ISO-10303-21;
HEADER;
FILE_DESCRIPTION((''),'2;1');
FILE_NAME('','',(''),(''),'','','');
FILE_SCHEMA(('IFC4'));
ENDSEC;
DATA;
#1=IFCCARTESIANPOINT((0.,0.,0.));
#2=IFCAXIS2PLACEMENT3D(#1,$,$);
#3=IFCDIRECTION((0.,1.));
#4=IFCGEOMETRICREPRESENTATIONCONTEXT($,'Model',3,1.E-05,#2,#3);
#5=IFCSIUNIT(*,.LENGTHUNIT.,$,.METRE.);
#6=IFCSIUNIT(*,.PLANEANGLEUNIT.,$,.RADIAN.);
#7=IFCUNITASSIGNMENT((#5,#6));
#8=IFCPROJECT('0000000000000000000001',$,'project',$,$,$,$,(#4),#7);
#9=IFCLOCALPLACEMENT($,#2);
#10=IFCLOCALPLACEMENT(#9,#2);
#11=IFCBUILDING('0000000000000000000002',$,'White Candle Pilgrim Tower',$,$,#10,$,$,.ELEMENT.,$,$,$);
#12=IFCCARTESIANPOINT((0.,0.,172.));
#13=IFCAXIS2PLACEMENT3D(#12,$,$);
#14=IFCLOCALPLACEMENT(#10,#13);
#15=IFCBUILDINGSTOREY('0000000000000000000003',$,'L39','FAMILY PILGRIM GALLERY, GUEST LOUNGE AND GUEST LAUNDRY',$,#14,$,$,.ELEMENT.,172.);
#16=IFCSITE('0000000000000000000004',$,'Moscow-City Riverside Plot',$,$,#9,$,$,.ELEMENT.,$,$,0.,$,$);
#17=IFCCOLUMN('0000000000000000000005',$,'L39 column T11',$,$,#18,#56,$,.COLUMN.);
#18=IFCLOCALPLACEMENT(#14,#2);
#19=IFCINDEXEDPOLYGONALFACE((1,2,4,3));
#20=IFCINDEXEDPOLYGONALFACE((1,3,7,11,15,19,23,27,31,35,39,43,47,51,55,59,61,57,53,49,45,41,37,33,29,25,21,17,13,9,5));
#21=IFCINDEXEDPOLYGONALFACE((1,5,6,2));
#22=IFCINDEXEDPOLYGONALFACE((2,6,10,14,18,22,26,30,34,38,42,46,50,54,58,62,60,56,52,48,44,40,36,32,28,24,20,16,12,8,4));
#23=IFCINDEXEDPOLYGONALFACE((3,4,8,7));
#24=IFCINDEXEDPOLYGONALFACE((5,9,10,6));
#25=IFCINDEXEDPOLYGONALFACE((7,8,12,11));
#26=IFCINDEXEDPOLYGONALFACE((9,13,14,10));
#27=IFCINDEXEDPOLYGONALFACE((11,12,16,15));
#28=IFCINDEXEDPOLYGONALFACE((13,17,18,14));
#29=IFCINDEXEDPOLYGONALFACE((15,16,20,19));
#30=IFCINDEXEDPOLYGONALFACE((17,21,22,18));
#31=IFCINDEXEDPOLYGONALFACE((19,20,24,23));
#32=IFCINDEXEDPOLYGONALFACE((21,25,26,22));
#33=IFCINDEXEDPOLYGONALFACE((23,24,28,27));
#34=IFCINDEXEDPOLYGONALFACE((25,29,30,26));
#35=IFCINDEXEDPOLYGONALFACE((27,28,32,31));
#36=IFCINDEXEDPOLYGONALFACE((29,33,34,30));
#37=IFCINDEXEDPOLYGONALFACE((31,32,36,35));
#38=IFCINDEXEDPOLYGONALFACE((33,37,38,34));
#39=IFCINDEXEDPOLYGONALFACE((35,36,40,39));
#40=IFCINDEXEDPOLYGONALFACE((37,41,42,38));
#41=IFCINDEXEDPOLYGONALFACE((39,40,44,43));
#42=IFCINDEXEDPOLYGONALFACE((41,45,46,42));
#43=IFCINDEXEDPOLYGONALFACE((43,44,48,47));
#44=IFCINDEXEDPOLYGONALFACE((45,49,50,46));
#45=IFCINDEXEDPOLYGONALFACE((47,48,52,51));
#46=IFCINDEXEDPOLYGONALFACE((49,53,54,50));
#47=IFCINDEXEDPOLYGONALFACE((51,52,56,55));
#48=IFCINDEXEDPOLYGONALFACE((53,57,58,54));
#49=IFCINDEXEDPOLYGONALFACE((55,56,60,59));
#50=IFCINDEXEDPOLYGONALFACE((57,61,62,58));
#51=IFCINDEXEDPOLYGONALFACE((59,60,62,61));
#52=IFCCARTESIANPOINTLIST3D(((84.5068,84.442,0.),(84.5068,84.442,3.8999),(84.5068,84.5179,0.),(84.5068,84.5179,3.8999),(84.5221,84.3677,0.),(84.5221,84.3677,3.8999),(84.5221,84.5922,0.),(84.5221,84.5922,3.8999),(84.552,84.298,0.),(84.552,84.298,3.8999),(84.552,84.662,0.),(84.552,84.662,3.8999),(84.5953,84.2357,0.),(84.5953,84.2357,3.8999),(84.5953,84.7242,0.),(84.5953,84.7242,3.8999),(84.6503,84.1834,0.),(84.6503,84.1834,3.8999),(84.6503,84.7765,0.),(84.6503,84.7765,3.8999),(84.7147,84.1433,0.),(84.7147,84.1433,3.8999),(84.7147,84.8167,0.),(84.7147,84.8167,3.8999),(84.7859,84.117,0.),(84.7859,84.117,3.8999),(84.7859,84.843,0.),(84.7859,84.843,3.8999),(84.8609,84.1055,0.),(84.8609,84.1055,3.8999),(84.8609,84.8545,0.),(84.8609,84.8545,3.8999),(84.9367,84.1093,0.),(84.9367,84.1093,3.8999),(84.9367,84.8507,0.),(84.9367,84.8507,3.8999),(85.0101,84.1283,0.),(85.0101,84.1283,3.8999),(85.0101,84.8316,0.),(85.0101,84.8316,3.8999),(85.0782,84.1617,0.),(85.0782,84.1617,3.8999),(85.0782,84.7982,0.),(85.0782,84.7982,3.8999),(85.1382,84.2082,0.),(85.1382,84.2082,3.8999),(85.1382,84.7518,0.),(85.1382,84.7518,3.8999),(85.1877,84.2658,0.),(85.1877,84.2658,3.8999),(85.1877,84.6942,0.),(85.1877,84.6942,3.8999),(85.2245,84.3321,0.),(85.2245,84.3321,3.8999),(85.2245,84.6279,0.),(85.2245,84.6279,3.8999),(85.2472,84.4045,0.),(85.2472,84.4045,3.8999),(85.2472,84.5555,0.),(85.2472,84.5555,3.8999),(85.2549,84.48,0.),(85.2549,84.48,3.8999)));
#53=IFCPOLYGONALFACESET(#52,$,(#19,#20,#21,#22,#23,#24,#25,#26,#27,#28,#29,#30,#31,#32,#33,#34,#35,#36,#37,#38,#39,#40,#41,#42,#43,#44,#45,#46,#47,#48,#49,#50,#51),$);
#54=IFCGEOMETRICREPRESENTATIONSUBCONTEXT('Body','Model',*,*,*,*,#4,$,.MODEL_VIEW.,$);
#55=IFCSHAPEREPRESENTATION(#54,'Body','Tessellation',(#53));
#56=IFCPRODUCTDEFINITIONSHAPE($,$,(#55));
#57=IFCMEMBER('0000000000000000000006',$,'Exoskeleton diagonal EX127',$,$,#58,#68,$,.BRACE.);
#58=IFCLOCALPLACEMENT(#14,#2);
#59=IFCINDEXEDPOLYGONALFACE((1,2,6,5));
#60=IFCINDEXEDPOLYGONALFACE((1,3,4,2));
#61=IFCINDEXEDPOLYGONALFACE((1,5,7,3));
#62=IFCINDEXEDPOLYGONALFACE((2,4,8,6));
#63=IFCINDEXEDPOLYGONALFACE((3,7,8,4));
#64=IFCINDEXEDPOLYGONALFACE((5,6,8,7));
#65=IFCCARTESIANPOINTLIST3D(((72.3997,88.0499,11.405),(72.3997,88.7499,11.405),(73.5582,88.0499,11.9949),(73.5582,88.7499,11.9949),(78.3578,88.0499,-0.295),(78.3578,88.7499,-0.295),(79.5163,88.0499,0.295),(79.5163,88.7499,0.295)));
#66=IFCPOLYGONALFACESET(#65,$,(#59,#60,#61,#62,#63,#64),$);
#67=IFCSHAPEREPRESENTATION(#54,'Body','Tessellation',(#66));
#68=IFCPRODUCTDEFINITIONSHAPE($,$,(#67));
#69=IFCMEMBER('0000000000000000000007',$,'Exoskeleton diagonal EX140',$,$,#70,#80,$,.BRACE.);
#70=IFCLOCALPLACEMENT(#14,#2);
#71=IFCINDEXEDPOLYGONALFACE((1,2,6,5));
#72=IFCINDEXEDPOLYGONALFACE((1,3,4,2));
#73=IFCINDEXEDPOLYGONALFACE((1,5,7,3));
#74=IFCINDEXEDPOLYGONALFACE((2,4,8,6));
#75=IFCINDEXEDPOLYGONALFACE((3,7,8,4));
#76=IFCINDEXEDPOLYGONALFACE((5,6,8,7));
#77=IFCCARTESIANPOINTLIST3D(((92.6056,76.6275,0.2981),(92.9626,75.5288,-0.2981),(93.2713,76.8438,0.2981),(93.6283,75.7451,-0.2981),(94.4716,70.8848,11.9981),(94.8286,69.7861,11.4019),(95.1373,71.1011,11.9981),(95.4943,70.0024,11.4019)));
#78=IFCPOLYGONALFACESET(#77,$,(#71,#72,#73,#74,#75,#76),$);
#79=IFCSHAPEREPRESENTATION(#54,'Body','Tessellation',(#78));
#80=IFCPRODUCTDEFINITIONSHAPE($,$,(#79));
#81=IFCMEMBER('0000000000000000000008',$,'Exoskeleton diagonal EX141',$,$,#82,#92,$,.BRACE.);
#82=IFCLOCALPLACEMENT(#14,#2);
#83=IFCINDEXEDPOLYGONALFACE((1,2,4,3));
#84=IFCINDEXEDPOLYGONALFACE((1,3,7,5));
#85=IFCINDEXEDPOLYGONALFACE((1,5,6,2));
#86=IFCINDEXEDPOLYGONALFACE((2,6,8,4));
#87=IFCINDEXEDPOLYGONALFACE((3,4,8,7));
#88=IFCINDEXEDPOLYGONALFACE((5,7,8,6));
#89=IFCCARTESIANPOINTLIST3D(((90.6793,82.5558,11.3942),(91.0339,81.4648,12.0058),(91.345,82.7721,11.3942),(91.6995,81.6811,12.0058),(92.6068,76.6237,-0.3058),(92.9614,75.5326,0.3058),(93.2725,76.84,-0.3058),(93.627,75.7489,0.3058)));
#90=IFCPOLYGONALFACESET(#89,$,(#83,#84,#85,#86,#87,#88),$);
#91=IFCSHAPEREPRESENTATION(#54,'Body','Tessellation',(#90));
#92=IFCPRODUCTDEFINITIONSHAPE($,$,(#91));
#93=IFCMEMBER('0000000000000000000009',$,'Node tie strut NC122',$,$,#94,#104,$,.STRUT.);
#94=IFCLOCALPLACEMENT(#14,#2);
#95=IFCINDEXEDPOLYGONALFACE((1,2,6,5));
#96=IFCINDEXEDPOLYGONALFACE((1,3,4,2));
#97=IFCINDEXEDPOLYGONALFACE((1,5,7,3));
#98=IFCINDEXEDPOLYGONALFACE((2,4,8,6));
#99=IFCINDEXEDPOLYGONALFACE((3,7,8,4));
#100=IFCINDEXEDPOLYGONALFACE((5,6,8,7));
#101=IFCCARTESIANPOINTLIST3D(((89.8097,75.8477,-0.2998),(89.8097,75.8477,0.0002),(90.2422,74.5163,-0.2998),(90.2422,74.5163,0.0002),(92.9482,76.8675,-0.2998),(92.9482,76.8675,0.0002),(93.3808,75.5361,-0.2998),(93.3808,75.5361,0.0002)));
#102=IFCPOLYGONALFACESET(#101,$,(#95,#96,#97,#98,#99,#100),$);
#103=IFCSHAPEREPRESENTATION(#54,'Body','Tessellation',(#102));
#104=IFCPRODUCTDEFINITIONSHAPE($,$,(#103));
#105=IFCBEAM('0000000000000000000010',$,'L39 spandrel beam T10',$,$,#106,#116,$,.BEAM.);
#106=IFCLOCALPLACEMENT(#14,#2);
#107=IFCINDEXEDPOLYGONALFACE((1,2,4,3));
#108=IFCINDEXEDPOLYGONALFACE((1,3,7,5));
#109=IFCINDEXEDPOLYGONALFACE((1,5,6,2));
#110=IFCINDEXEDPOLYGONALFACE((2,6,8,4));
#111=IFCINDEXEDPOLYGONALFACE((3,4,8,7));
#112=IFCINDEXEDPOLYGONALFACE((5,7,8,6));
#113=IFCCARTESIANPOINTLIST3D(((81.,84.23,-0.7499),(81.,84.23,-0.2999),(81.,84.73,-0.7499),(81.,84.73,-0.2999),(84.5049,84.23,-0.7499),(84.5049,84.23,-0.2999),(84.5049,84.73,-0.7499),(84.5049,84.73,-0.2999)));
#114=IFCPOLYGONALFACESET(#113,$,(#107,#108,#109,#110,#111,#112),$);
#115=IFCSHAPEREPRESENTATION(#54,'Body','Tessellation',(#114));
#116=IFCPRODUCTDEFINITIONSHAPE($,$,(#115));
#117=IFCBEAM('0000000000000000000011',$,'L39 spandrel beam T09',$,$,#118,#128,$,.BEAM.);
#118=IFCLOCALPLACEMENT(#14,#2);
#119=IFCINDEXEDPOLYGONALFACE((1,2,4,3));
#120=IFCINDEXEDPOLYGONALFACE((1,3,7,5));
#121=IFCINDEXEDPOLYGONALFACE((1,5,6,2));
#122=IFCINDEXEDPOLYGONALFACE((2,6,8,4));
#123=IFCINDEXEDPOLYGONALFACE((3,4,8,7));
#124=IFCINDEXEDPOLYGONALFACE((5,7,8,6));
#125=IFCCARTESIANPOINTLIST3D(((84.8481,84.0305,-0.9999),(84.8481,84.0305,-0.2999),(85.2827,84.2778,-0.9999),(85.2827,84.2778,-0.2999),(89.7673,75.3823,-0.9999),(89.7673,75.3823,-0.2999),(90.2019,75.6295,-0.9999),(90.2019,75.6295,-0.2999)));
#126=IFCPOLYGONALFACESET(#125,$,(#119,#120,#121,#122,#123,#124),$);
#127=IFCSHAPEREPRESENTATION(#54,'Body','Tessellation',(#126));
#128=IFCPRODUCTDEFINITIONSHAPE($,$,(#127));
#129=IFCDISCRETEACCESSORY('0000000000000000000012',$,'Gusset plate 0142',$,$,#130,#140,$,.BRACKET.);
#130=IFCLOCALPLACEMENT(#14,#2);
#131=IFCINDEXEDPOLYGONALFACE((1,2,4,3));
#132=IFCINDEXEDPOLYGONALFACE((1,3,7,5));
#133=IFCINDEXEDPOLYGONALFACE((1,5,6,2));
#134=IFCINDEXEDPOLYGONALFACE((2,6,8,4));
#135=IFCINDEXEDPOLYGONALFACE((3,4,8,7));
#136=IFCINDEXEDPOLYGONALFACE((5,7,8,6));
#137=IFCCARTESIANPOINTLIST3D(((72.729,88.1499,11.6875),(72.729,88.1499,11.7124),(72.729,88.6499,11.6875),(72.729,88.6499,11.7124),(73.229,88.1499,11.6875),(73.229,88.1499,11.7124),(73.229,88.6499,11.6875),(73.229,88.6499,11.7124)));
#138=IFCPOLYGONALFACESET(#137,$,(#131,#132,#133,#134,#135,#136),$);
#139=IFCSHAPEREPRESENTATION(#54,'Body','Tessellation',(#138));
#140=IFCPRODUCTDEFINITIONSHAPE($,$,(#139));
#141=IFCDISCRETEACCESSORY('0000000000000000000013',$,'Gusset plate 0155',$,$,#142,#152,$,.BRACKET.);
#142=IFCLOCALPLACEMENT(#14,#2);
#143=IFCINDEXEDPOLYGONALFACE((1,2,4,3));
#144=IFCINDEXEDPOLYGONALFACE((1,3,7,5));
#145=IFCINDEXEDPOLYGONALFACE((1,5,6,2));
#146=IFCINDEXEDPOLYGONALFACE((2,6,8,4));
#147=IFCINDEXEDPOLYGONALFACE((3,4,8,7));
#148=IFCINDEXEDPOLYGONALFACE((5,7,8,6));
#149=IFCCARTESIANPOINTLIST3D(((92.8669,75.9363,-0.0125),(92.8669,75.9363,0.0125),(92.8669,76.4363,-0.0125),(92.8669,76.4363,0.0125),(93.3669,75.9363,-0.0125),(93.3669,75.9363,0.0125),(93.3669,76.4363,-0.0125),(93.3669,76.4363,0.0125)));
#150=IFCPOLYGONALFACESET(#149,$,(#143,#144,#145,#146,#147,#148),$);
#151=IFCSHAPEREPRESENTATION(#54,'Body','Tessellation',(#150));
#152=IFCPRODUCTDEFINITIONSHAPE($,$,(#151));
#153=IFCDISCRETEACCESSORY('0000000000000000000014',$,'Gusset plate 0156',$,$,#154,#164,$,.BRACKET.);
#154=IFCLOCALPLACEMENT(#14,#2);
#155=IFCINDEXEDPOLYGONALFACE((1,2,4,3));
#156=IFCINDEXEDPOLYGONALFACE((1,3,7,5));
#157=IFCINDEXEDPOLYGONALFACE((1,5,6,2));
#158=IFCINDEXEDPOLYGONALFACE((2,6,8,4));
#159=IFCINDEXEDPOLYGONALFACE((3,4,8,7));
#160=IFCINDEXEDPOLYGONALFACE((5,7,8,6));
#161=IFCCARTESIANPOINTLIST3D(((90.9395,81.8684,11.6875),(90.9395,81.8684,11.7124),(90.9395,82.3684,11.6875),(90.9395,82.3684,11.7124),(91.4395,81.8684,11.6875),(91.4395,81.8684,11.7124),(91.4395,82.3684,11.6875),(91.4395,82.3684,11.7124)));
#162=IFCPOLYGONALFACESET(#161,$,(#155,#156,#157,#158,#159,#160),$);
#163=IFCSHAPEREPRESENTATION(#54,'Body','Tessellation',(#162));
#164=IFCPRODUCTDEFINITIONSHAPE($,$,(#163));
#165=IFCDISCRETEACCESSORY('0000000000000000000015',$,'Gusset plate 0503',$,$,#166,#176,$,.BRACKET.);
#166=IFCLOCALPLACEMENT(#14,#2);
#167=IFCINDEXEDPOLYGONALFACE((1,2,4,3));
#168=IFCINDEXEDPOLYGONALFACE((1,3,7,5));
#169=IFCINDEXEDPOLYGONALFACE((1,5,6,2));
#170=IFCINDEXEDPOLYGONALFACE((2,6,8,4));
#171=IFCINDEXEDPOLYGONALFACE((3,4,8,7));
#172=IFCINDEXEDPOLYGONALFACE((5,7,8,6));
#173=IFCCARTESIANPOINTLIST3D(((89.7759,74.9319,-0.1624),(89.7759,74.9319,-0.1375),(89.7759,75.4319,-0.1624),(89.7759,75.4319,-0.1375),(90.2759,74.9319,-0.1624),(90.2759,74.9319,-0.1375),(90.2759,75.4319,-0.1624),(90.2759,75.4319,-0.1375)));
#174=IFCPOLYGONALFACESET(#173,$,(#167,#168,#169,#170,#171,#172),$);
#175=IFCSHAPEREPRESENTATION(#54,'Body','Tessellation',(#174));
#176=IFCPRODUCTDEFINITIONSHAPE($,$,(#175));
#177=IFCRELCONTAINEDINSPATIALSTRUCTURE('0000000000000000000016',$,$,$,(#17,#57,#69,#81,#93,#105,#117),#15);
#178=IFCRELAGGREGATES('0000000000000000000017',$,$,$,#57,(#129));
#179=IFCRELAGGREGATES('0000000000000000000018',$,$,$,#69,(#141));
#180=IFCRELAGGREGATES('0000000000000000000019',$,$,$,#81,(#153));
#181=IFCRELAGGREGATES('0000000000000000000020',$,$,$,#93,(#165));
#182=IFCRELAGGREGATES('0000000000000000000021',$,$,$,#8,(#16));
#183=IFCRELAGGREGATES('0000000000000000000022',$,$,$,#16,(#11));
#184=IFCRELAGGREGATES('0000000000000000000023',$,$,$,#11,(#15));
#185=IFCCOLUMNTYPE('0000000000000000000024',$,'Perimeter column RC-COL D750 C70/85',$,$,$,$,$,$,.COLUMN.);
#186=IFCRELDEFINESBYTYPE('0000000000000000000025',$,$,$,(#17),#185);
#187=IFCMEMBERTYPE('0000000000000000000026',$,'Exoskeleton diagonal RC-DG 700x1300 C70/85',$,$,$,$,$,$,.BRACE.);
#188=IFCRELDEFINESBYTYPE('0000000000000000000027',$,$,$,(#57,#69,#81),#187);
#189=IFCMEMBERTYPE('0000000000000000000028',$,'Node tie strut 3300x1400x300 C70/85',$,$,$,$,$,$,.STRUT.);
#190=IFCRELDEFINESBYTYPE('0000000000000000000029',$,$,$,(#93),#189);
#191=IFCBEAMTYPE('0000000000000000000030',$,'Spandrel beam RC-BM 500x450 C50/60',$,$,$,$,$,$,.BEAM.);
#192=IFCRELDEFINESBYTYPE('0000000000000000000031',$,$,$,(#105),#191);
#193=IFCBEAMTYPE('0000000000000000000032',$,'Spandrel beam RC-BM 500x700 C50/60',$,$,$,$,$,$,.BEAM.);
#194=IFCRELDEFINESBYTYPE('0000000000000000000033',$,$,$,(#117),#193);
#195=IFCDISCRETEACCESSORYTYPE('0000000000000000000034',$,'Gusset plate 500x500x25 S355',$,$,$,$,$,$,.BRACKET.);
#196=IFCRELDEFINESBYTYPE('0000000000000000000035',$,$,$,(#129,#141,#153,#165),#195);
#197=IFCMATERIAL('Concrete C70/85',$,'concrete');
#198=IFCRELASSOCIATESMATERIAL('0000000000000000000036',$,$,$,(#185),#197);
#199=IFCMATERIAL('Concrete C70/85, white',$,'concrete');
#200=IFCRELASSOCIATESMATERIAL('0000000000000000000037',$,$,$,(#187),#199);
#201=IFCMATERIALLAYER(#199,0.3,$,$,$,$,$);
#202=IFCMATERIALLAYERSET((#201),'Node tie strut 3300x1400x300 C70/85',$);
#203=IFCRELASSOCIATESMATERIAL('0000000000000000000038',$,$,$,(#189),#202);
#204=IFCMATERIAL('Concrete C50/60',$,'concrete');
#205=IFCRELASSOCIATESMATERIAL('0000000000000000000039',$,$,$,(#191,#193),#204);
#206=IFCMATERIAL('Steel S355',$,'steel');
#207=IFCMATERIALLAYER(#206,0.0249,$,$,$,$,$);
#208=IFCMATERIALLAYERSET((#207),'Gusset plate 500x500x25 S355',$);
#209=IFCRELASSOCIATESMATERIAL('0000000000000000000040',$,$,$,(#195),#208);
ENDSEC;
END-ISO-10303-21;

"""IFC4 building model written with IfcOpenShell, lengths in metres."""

from ifc_helpers import new_model, si_unit, direction, frame, origin, origin_2d, place, context, subcontext, project, spatial, rectangle, circle, extrude, material, layer, layer_set, material_profile, profile_set, type_object, element, aggregate, save


model = new_model("IFC4")

# Units and contexts
model_context = context("Model", 3, precision=1e-05, world=origin(), true_north=direction((0.0, 1.0)))
body_context = subcontext(model_context, "Body", "Model", "MODEL_VIEW")
ifc_project = project(units=[si_unit("LENGTHUNIT", "METRE"), si_unit("PLANEANGLEUNIT", "RADIAN")], contexts=[model_context])

# Site, building, storey
site_placement = place(None, origin())
site = spatial("IfcSite", under=ifc_project, at=site_placement, Name="Moscow-City Riverside Plot", CompositionType="ELEMENT", RefElevation=0.0)
building_placement = place(site_placement, origin())
building = spatial("IfcBuilding", under=site, at=building_placement, Name="White Candle Pilgrim Tower", CompositionType="ELEMENT")
storey_placement = place(building_placement, frame((0.0, 0.0, 172.0)))
storey = spatial("IfcBuildingStorey", under=building, at=storey_placement, Name="L39", Description="FAMILY PILGRIM GALLERY, GUEST LOUNGE AND GUEST LAUNDRY", CompositionType="ELEMENT", Elevation=172.0)

# Column
ifc_material_1 = material(Name="Concrete C70/85", Category="concrete")
ifc_material_profile_1 = material_profile(ifc_material_1, circle(Radius=0.375, at=origin_2d()), Name="RC-COL D750")
ifc_profile_set_1 = profile_set([ifc_material_profile_1], Name="Concrete C70/85")
column_type = type_object("IfcColumnType", Name="Perimeter column RC-COL D750 C70/85", PredefinedType="COLUMN", material=ifc_profile_set_1)
column_placement = place(storey_placement, frame((84.8799, 84.48, 0.0), z_axis=(0.0, 0.0, 1.0), x_axis=(1.0, 0.0, 0.0)))
element("IfcColumn", 1, at=column_placement, inside=storey, type_object=column_type, Name="L39 column T11", PredefinedType="COLUMN", context=body_context, shape_type="SweptSolid", body=[
    extrude(circle(Radius=0.375, at=origin_2d()), origin(), (0.0, 0.0, 1.0), 3.8999),
])

# Members
ifc_material_2 = material(Name="Concrete C70/85, white", Category="concrete")
ifc_material_profile_2 = material_profile(ifc_material_2, rectangle(XDim=0.7, YDim=1.3, at=origin_2d()), Name="RC-DG 700x1300")
ifc_profile_set_2 = profile_set([ifc_material_profile_2], Name="Concrete C70/85, white")
member_type_1 = type_object("IfcMemberType", Name="Exoskeleton diagonal RC-DG 700x1300 C70/85", PredefinedType="BRACE", material=ifc_profile_set_2)
member_1_placement = place(storey_placement, frame((78.937, 88.3999, 0.0), z_axis=(-0.453784, 0.0, 0.891112), x_axis=(0.0, -1.0, 0.0)))
member_1 = element("IfcMember", 2, at=member_1_placement, inside=storey, type_object=member_type_1, Name="Exoskeleton diagonal EX127", PredefinedType="BRACE", context=body_context, shape_type="SweptSolid", body=[
    extrude(rectangle(XDim=0.7, YDim=1.3, at=origin_2d()), origin(), (0.0, 0.0, 1.0), 13.1296),
])
member_2_placement = place(storey_placement, frame((93.1169, 76.1863, 0.0), z_axis=(0.141724, -0.436168, 0.888635), x_axis=(0.951054, 0.309026, 0.0)))
member_2 = element("IfcMember", 3, at=member_2_placement, inside=storey, type_object=member_type_1, Name="Exoskeleton diagonal EX140", PredefinedType="BRACE", context=body_context, shape_type="SweptSolid", body=[
    extrude(rectangle(XDim=0.7, YDim=1.3, at=origin_2d()), origin(), (0.0, 0.0, 1.0), 13.1663),
])
member_3_placement = place(storey_placement, frame((93.1169, 76.1863, 0.0), z_axis=(-0.145375, 0.447413, 0.882433), x_axis=(-0.951055, -0.309021, 0.0)))
member_3 = element("IfcMember", 4, at=member_3_placement, inside=storey, type_object=member_type_1, Name="Exoskeleton diagonal EX141", PredefinedType="BRACE", context=body_context, shape_type="SweptSolid", body=[
    extrude(rectangle(XDim=0.7, YDim=1.3, at=origin_2d()), origin(), (0.0, 0.0, 1.0), 13.2588),
])
ifc_layer_1 = layer(ifc_material_2, 0.3)
ifc_layer_set_1 = layer_set([ifc_layer_1], Name="Node tie strut 3300x1400x300 C70/85")
member_type_2 = type_object("IfcMemberType", Name="Node tie strut 3300x1400x300 C70/85", PredefinedType="STRUT", material=ifc_layer_set_1)
member_4_placement = place(storey_placement, frame((91.5952, 75.6919, -0.2998), z_axis=(0.0, 0.0, 1.0), x_axis=(-0.309017, 0.951057, 0.0)))
member_4 = element("IfcMember", 5, at=member_4_placement, inside=storey, type_object=member_type_2, Name="Node tie strut NC122", PredefinedType="STRUT", context=body_context, shape_type="SweptSolid", body=[
    extrude(rectangle(XDim=1.3999, YDim=3.3, at=origin_2d()), origin(), (0.0, 0.0, 1.0), 0.3),
])

# Beams
ifc_material_3 = material(Name="Concrete C50/60", Category="concrete")
ifc_material_profile_3 = material_profile(ifc_material_3, rectangle(XDim=0.5, YDim=0.45, at=origin_2d()), Name="RC-BM 500x450")
ifc_profile_set_3 = profile_set([ifc_material_profile_3], Name="Concrete C50/60")
beam_type_1 = type_object("IfcBeamType", Name="Spandrel beam RC-BM 500x450 C50/60", PredefinedType="BEAM", material=ifc_profile_set_3)
beam_1_placement = place(storey_placement, frame((84.5049, 84.48, -0.5249), z_axis=(-1.0, 0.0, 0.0), x_axis=(0.0, -1.0, 0.0)))
element("IfcBeam", 6, at=beam_1_placement, inside=storey, type_object=beam_type_1, Name="L39 spandrel beam T10", PredefinedType="BEAM", context=body_context, shape_type="SweptSolid", body=[
    extrude(rectangle(XDim=0.5, YDim=0.45, at=origin_2d()), origin(), (0.0, 0.0, 1.0), 3.5049),
])
ifc_material_profile_4 = material_profile(ifc_material_3, rectangle(XDim=0.5, YDim=0.7, at=origin_2d()), Name="RC-BM 500x700")
ifc_profile_set_4 = profile_set([ifc_material_profile_4], Name="Concrete C50/60")
beam_type_2 = type_object("IfcBeamType", Name="Spandrel beam RC-BM 500x700 C50/60", PredefinedType="BEAM", material=ifc_profile_set_4)
beam_2_placement = place(storey_placement, frame((89.9846, 75.5059, -0.6499), z_axis=(-0.494423, 0.869221, 0.0), x_axis=(-0.869221, -0.494423, 0.0)))
element("IfcBeam", 7, at=beam_2_placement, inside=storey, type_object=beam_type_2, Name="L39 spandrel beam T09", PredefinedType="BEAM", context=body_context, shape_type="SweptSolid", body=[
    extrude(rectangle(XDim=0.5, YDim=0.7, at=origin_2d()), origin(), (0.0, 0.0, 1.0), 9.9495),
])

# Discrete accessories
ifc_material_4 = material(Name="Steel S355", Category="steel")
ifc_layer_2 = layer(ifc_material_4, 0.0249)
ifc_layer_set_2 = layer_set([ifc_layer_2], Name="Gusset plate 500x500x25 S355")
discrete_accessory_type = type_object("IfcDiscreteAccessoryType", Name="Gusset plate 500x500x25 S355", PredefinedType="BRACKET", material=ifc_layer_set_2)
placement = place(building_placement, frame((0.0, 0.0, 183.7)))
discrete_accessory_1_placement = place(placement, frame((72.979, 88.3999, -0.0125), z_axis=(0.0, 0.0, 1.0), x_axis=(1.0, 0.0, 0.0)))
discrete_accessory_1 = element("IfcDiscreteAccessory", 8, at=discrete_accessory_1_placement, type_object=discrete_accessory_type, Name="Gusset plate 0142", PredefinedType="BRACKET", context=body_context, shape_type="SweptSolid", body=[
    extrude(rectangle(XDim=0.5, YDim=0.5, at=origin_2d()), origin(), (0.0, 0.0, 1.0), 0.0249),
])
aggregate(member_1, [discrete_accessory_1])
discrete_accessory_2_placement = place(storey_placement, frame((93.1169, 76.1863, -0.0125), z_axis=(0.0, 0.0, 1.0), x_axis=(1.0, 0.0, 0.0)))
discrete_accessory_2 = element("IfcDiscreteAccessory", 9, at=discrete_accessory_2_placement, type_object=discrete_accessory_type, Name="Gusset plate 0155", PredefinedType="BRACKET", context=body_context, shape_type="SweptSolid", body=[
    extrude(rectangle(XDim=0.5, YDim=0.5, at=origin_2d()), origin(), (0.0, 0.0, 1.0), 0.0249),
])
aggregate(member_2, [discrete_accessory_2])
discrete_accessory_3_placement = place(placement, frame((91.1895, 82.1184, -0.0125), z_axis=(0.0, 0.0, 1.0), x_axis=(1.0, 0.0, 0.0)))
discrete_accessory_3 = element("IfcDiscreteAccessory", 10, at=discrete_accessory_3_placement, type_object=discrete_accessory_type, Name="Gusset plate 0156", PredefinedType="BRACKET", context=body_context, shape_type="SweptSolid", body=[
    extrude(rectangle(XDim=0.5, YDim=0.5, at=origin_2d()), origin(), (0.0, 0.0, 1.0), 0.0249),
])
aggregate(member_3, [discrete_accessory_3])
discrete_accessory_4_placement = place(storey_placement, frame((90.0259, 75.1819, -0.1624), z_axis=(0.0, 0.0, 1.0), x_axis=(1.0, 0.0, 0.0)))
discrete_accessory_4 = element("IfcDiscreteAccessory", 11, at=discrete_accessory_4_placement, type_object=discrete_accessory_type, Name="Gusset plate 0503", PredefinedType="BRACKET", context=body_context, shape_type="SweptSolid", body=[
    extrude(rectangle(XDim=0.5, YDim=0.5, at=origin_2d()), origin(), (0.0, 0.0, 1.0), 0.0249),
])
aggregate(member_4, [discrete_accessory_4])

save(model, "model.ifc")
